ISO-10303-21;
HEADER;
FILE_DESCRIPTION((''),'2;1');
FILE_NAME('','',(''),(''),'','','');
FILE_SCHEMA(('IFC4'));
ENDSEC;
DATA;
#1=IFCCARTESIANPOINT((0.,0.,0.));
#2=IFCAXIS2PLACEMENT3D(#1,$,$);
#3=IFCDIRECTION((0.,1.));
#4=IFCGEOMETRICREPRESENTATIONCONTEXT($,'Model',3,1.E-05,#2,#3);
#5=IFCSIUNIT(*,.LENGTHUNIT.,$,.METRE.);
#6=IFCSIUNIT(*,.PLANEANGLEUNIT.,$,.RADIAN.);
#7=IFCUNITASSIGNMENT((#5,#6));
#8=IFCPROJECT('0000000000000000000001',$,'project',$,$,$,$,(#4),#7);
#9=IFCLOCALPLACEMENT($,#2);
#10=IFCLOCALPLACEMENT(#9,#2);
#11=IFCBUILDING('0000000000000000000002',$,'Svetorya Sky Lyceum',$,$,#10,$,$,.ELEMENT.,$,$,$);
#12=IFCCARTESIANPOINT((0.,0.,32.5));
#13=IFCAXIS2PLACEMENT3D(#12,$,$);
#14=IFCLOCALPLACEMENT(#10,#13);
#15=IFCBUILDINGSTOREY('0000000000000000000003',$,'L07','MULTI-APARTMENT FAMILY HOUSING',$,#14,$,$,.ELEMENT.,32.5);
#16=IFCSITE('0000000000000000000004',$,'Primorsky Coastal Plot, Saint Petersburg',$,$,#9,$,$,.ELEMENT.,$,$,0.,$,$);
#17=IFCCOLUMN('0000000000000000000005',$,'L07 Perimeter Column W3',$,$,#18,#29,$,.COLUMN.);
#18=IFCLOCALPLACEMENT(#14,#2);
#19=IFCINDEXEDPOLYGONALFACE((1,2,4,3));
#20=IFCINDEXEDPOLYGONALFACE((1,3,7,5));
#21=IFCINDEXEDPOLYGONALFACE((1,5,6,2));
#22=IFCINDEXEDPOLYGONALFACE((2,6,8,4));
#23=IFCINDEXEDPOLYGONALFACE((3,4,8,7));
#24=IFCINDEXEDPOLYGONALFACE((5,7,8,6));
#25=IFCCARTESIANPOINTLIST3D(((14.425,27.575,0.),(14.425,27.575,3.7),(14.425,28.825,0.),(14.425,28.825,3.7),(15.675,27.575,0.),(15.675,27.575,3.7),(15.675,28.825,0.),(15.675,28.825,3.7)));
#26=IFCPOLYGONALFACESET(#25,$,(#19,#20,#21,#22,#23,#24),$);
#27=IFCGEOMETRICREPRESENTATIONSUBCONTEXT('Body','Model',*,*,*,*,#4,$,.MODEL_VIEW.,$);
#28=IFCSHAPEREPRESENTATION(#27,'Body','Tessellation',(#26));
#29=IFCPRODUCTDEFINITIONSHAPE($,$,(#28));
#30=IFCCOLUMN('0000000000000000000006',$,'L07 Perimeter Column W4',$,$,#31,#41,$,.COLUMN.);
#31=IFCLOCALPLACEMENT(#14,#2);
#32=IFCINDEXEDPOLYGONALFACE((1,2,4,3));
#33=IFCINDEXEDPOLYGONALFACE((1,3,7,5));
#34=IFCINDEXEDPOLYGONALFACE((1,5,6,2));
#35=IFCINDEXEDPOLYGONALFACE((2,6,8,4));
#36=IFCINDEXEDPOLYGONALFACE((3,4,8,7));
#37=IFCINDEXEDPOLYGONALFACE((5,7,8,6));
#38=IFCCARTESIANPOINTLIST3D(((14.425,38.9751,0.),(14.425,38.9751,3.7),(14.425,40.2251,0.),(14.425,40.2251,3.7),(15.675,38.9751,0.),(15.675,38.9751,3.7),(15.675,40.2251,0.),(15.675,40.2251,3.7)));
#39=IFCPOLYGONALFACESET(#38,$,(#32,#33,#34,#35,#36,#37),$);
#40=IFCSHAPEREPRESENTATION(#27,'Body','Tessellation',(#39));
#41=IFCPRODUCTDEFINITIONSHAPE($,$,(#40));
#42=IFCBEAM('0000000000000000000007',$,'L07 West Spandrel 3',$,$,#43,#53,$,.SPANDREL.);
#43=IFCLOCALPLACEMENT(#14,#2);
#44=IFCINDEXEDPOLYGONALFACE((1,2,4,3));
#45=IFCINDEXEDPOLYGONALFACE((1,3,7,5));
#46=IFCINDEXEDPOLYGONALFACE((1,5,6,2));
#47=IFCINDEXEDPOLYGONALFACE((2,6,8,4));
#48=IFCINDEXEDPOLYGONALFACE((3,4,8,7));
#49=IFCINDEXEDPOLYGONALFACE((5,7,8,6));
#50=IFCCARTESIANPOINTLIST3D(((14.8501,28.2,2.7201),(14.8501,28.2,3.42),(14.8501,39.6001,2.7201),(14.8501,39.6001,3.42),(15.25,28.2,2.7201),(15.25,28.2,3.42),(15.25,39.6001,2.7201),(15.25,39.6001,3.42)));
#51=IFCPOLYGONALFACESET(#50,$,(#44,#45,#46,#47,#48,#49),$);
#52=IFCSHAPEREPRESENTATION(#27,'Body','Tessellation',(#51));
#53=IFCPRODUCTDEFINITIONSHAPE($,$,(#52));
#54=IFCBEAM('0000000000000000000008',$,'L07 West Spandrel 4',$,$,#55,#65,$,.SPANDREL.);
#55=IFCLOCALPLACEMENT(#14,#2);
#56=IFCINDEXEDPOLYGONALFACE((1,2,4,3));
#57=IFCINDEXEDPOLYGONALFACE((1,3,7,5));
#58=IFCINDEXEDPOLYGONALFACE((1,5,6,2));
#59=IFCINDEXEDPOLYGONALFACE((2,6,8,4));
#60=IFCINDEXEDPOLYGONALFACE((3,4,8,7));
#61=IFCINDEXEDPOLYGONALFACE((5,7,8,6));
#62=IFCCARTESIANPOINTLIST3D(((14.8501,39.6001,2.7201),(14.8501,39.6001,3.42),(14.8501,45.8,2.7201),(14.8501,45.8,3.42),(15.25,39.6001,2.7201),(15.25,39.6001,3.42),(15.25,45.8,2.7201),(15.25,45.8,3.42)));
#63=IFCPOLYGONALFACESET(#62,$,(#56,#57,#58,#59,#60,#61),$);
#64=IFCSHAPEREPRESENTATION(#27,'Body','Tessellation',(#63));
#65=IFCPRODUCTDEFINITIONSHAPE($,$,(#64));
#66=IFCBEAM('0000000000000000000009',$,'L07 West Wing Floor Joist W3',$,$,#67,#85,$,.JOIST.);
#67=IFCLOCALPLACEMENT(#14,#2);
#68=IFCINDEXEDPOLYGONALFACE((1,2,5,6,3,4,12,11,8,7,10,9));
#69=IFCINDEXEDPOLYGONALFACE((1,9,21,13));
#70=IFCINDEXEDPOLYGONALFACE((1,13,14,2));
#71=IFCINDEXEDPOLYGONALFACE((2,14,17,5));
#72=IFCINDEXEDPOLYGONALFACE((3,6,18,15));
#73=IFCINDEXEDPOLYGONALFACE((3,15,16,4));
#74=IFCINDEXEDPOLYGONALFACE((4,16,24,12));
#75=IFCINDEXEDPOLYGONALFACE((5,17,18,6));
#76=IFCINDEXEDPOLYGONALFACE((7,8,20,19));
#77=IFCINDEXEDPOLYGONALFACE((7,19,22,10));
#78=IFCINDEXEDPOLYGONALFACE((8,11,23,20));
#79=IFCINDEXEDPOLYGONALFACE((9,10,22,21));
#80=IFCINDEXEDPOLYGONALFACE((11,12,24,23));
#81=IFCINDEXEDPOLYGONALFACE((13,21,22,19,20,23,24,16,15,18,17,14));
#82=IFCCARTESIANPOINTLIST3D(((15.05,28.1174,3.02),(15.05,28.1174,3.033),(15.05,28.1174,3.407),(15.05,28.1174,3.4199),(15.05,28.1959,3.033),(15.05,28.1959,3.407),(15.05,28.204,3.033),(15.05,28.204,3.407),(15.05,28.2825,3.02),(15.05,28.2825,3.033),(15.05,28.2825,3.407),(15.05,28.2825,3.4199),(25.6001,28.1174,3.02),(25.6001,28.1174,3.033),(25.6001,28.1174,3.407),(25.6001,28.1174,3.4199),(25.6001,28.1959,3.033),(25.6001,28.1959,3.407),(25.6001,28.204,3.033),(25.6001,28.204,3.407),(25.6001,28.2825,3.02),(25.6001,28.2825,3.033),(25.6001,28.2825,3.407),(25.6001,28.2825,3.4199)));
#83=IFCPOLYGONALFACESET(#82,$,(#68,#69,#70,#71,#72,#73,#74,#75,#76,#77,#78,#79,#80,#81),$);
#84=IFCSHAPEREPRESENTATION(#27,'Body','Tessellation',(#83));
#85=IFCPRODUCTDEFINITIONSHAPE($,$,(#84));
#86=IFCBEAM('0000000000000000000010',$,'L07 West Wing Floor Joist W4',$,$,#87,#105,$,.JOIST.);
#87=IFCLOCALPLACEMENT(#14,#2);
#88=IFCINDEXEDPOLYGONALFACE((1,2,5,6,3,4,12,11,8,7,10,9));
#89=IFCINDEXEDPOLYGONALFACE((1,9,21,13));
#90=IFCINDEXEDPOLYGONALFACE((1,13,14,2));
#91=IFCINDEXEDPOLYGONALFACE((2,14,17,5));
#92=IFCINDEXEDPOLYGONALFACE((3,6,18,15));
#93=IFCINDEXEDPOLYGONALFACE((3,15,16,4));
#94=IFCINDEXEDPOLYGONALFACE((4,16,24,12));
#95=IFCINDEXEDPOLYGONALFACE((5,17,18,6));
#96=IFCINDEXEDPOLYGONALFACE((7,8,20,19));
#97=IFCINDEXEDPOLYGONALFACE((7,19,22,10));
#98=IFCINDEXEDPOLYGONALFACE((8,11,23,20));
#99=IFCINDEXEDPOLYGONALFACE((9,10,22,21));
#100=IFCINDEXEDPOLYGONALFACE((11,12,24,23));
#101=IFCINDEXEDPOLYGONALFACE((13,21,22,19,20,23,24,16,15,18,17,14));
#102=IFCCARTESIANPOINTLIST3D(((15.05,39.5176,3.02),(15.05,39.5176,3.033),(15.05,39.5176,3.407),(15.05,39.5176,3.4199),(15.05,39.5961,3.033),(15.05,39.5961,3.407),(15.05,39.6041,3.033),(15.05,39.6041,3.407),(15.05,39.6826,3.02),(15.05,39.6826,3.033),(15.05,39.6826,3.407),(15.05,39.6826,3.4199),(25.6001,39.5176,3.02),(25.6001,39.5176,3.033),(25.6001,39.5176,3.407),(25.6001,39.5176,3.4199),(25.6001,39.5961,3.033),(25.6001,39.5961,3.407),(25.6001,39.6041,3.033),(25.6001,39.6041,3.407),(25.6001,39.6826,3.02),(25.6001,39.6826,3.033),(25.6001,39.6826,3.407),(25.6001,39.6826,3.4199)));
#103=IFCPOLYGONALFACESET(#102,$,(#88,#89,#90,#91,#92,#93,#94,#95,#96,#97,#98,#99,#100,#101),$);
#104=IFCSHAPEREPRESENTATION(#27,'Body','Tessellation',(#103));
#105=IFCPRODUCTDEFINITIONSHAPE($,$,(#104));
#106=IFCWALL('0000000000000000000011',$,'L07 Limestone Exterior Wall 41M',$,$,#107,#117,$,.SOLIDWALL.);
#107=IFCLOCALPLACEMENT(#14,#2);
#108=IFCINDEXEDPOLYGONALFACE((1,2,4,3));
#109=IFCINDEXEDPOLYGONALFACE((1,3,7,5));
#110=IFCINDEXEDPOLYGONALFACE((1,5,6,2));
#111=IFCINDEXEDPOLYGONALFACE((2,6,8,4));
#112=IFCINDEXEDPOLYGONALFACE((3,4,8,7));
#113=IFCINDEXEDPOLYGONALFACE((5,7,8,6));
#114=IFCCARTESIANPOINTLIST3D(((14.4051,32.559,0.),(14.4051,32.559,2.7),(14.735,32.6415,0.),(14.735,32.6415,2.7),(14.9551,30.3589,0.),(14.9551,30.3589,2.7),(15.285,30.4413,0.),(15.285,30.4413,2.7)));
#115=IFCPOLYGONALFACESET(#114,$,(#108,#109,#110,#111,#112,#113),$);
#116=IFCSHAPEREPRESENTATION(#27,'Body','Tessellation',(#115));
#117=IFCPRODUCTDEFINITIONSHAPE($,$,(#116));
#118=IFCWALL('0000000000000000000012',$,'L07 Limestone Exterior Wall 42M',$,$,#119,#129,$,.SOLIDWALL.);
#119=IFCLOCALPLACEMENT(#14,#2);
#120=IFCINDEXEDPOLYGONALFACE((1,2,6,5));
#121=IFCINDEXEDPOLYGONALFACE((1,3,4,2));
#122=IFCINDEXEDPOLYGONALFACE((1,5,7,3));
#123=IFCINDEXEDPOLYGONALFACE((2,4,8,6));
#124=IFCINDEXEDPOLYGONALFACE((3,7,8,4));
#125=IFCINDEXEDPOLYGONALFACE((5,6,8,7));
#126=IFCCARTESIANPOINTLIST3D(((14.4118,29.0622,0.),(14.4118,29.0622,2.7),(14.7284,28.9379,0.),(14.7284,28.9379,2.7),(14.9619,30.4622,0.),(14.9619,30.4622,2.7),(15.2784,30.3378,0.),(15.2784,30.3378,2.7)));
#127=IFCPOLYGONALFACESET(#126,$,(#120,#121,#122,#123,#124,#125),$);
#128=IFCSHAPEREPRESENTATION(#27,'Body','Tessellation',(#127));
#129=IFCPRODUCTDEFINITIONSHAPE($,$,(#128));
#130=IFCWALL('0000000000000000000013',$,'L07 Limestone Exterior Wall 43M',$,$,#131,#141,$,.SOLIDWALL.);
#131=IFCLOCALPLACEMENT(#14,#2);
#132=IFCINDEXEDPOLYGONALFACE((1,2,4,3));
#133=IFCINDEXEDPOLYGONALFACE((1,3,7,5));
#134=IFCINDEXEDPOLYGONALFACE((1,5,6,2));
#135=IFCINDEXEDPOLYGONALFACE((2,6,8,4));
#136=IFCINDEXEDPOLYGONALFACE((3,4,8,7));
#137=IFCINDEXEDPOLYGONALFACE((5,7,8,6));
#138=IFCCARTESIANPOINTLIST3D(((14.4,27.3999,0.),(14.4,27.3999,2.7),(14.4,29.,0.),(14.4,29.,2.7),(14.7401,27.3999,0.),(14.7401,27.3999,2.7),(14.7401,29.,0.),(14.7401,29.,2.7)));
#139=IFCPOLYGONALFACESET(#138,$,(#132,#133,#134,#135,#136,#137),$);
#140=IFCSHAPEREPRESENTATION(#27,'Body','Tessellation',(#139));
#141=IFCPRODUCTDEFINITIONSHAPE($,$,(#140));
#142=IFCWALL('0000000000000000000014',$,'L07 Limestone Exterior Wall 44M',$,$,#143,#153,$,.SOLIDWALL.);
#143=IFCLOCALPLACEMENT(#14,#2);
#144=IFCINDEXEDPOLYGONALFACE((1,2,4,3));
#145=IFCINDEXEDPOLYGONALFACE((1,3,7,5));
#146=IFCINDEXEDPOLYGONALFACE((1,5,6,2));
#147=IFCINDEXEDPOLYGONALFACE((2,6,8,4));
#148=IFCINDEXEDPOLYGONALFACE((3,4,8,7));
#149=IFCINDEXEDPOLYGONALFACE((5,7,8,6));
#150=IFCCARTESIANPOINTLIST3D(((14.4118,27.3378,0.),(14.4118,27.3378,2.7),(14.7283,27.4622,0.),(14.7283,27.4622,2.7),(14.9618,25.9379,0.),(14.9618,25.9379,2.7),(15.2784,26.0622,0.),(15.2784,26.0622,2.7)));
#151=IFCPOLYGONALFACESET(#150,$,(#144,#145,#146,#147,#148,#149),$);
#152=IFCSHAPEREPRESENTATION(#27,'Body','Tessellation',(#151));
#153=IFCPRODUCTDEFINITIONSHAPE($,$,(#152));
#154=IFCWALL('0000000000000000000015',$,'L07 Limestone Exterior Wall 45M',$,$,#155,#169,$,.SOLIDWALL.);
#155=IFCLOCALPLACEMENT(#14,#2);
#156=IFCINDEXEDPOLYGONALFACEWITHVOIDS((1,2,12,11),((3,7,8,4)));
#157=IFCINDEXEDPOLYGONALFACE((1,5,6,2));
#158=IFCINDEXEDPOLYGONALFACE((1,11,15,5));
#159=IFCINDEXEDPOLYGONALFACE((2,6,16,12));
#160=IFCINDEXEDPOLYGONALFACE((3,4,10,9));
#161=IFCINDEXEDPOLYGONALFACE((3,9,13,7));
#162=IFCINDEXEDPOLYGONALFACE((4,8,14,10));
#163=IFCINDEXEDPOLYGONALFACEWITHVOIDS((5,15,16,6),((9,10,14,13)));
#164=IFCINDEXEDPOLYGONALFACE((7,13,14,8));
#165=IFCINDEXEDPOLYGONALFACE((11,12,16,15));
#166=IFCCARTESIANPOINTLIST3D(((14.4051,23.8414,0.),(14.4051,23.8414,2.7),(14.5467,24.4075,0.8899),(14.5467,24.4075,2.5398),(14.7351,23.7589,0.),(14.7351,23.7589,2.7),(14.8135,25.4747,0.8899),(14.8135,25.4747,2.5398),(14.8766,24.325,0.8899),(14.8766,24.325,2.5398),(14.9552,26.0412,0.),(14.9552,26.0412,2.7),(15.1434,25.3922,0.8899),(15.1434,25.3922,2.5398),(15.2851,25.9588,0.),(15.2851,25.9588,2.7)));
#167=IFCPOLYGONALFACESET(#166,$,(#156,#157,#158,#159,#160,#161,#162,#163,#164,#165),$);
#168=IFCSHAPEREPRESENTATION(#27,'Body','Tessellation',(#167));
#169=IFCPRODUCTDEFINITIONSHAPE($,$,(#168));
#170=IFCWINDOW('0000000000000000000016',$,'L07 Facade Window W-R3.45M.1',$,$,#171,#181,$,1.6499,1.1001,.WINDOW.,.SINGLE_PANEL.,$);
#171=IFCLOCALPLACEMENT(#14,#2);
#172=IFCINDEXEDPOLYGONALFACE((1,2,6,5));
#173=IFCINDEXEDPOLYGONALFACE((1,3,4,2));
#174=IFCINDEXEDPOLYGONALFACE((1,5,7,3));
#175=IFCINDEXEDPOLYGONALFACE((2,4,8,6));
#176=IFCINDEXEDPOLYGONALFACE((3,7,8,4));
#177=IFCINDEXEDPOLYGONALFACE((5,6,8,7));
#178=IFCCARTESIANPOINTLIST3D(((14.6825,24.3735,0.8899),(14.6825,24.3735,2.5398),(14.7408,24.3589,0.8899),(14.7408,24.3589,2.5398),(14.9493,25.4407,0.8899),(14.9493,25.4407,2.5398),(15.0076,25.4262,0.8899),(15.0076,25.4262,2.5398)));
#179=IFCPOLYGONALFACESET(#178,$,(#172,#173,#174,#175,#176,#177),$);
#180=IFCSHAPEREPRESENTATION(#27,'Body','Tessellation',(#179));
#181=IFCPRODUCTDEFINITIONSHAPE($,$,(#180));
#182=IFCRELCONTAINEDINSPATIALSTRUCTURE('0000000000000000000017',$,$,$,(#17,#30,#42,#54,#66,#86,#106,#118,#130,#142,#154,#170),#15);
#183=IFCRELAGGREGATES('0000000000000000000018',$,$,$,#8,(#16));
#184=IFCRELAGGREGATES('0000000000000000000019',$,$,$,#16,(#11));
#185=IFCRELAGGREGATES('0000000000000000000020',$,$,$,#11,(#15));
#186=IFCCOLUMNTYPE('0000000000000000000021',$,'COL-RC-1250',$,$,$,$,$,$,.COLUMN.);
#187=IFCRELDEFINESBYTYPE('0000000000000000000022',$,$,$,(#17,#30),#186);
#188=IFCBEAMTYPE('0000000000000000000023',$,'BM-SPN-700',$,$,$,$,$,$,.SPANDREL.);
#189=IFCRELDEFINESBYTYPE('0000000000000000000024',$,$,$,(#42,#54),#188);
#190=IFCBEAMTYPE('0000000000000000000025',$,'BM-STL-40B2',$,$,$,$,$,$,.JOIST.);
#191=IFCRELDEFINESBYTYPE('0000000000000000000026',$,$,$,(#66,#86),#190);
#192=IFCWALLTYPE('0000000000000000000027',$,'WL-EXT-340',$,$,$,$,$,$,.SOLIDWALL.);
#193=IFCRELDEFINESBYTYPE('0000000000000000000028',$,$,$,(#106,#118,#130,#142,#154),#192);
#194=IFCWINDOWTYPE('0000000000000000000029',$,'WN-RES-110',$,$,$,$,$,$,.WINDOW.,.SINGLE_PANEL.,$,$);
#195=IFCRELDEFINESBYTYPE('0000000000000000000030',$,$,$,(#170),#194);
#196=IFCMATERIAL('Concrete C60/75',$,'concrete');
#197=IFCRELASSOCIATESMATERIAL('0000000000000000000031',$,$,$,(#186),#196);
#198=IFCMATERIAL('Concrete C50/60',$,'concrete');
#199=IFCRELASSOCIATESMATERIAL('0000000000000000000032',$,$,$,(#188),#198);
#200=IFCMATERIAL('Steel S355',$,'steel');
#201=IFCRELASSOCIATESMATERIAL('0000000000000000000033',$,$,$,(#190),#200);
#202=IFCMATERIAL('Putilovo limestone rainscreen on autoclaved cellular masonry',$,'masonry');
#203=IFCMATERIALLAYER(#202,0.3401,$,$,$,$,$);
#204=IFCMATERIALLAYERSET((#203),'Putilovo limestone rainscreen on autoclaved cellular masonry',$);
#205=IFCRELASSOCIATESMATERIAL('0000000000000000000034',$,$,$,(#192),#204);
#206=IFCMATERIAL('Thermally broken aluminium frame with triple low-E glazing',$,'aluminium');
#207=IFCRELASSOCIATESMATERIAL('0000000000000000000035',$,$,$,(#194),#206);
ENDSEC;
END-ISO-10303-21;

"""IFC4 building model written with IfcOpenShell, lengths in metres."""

from ifc_helpers import new_model, si_unit, direction, frame, frame_2d, origin, origin_2d, place, context, subcontext, project, spatial, rectangle, i_section, extrude, material, layer, layer_set, material_profile, profile_set, type_object, element, fill, save


model = new_model("IFC4")

# Units and contexts
model_context = context("Model", 3, precision=1e-05, world=origin(), true_north=direction((0.0, 1.0)))
body_context = subcontext(model_context, "Body", "Model", "MODEL_VIEW")
ifc_project = project(units=[si_unit("LENGTHUNIT", "METRE"), si_unit("PLANEANGLEUNIT", "RADIAN")], contexts=[model_context])

# Site, building, storey
site_placement = place(None, origin())
site = spatial("IfcSite", under=ifc_project, at=site_placement, Name="Primorsky Coastal Plot, Saint Petersburg", CompositionType="ELEMENT", RefElevation=0.0)
building_placement = place(site_placement, origin())
building = spatial("IfcBuilding", under=site, at=building_placement, Name="Svetorya Sky Lyceum", CompositionType="ELEMENT")
storey_placement = place(building_placement, frame((0.0, 0.0, 32.5)))
storey = spatial("IfcBuildingStorey", under=building, at=storey_placement, Name="L07", Description="MULTI-APARTMENT FAMILY HOUSING", CompositionType="ELEMENT", Elevation=32.5)

# Columns
ifc_material_1 = material(Name="Concrete C60/75", Category="concrete")
ifc_material_profile_1 = material_profile(ifc_material_1, rectangle(XDim=1.25, YDim=1.25, at=origin_2d()), Name="RC COL 1250x1250")
ifc_profile_set_1 = profile_set([ifc_material_profile_1], Name="Concrete C60/75")
column_type = type_object("IfcColumnType", Name="COL-RC-1250", PredefinedType="COLUMN", material=ifc_profile_set_1)
for number, where, z_axis, x_axis, name in (
    (1, (15.05, 28.2, 0.0), (0.0, 0.0, 1.0), (1.0, 0.0, 0.0), "L07 Perimeter Column W3"),
    (2, (15.05, 39.6001, 0.0), (0.0, 0.0, 1.0), (1.0, 0.0, 0.0), "L07 Perimeter Column W4"),
):
    element("IfcColumn", number, at=place(storey_placement, frame(where, z_axis=z_axis, x_axis=x_axis)), inside=storey, type_object=column_type, Name=name, PredefinedType="COLUMN", context=body_context, shape_type="SweptSolid", body=[
        extrude(rectangle(XDim=1.25, YDim=1.25, at=origin_2d()), origin(), (0.0, 0.0, 1.0), 3.7),
    ])

# Beams
ifc_material_2 = material(Name="Concrete C50/60", Category="concrete")
ifc_material_profile_2 = material_profile(ifc_material_2, rectangle(XDim=0.3999, YDim=0.7, at=origin_2d()), Name="RC SPANDREL 400x700")
ifc_profile_set_2 = profile_set([ifc_material_profile_2], Name="Concrete C50/60")
beam_type_1 = type_object("IfcBeamType", Name="BM-SPN-700", PredefinedType="SPANDREL", material=ifc_profile_set_2)
beam_1_placement = place(storey_placement, frame((15.05, 28.2, 3.0701), z_axis=(0.0, 1.0, 0.0), x_axis=(-1.0, 0.0, 0.0)))
element("IfcBeam", 3, at=beam_1_placement, inside=storey, type_object=beam_type_1, Name="L07 West Spandrel 3", PredefinedType="SPANDREL", context=body_context, shape_type="SweptSolid", body=[
    extrude(rectangle(XDim=0.3999, YDim=0.7, at=origin_2d()), origin(), (0.0, 0.0, 1.0), 11.4001),
])
beam_2_placement = place(storey_placement, frame((15.05, 39.6001, 3.0701), z_axis=(0.0, 1.0, 0.0), x_axis=(-1.0, 0.0, 0.0)))
element("IfcBeam", 4, at=beam_2_placement, inside=storey, type_object=beam_type_1, Name="L07 West Spandrel 4", PredefinedType="SPANDREL", context=body_context, shape_type="SweptSolid", body=[
    extrude(rectangle(XDim=0.3999, YDim=0.7, at=origin_2d()), origin(), (0.0, 0.0, 1.0), 6.2),
])
ifc_material_3 = material(Name="Steel S355", Category="steel")
ifc_material_profile_3 = material_profile(ifc_material_3, i_section(OverallWidth=0.165, OverallDepth=0.3999, WebThickness=0.0081, FlangeThickness=0.0129, at=origin_2d()), Name="GOST 40B2")
ifc_profile_set_3 = profile_set([ifc_material_profile_3], Name="Steel S355")
beam_type_2 = type_object("IfcBeamType", Name="BM-STL-40B2", PredefinedType="JOIST", material=ifc_profile_set_3)
for number, where, z_axis, x_axis, name in (
    (5, (15.05, 28.2, 3.22), (1.0, 0.0, 0.0), (0.0, 1.0, 0.0), "L07 West Wing Floor Joist W3"),
    (6, (15.05, 39.6001, 3.22), (1.0, 0.0, 0.0), (0.0, 1.0, 0.0), "L07 West Wing Floor Joist W4"),
):
    element("IfcBeam", number, at=place(storey_placement, frame(where, z_axis=z_axis, x_axis=x_axis)), inside=storey, type_object=beam_type_2, Name=name, PredefinedType="JOIST", context=body_context, shape_type="SweptSolid", body=[
        extrude(i_section(OverallWidth=0.165, OverallDepth=0.3999, WebThickness=0.0081, FlangeThickness=0.0129, at=origin_2d()), origin(), (0.0, 0.0, 1.0), 10.55),
    ])

# Walls
ifc_material_4 = material(Name="Putilovo limestone rainscreen on autoclaved cellular masonry", Category="masonry")
ifc_layer_1 = layer(ifc_material_4, 0.3401)
ifc_layer_set_1 = layer_set([ifc_layer_1], Name="Putilovo limestone rainscreen on autoclaved cellular masonry")
wall_type_1 = type_object("IfcWallType", Name="WL-EXT-340", PredefinedType="SOLIDWALL", material=ifc_layer_set_1)
wall_1_placement = place(storey_placement, frame((14.5701, 32.6001, 0.0), z_axis=(0.0, 0.0, 1.0), x_axis=(0.242536, -0.970143, 0.0)))
element("IfcWall", 7, at=wall_1_placement, inside=storey, type_object=wall_type_1, Name="L07 Limestone Exterior Wall 41M", PredefinedType="SOLIDWALL", context=body_context, shape_type="SweptSolid", body=[
    extrude(rectangle(XDim=2.2678, YDim=0.3401, at=frame_2d((1.1338, 0.0))), origin(), (0.0, 0.0, 1.0), 2.7),
])
wall_2_placement = place(storey_placement, frame((15.1201, 30.3999, 0.0), z_axis=(0.0, 0.0, 1.0), x_axis=(-0.365703, -0.930732, 0.0)))
element("IfcWall", 8, at=wall_2_placement, inside=storey, type_object=wall_type_1, Name="L07 Limestone Exterior Wall 42M", PredefinedType="SOLIDWALL", context=body_context, shape_type="SweptSolid", body=[
    extrude(rectangle(XDim=1.5042, YDim=0.3401, at=frame_2d((0.752, 0.0))), origin(), (0.0, 0.0, 1.0), 2.7),
])
wall_3_placement = place(storey_placement, frame((14.5701, 29.0, 0.0), z_axis=(0.0, 0.0, 1.0), x_axis=(0.0, -1.0, 0.0)))
element("IfcWall", 9, at=wall_3_placement, inside=storey, type_object=wall_type_1, Name="L07 Limestone Exterior Wall 43M", PredefinedType="SOLIDWALL", context=body_context, shape_type="SweptSolid", body=[
    extrude(rectangle(XDim=1.6001, YDim=0.3401, at=frame_2d((0.8, 0.0))), origin(), (0.0, 0.0, 1.0), 2.7),
])
wall_4_placement = place(storey_placement, frame((14.5701, 27.3999, 0.0), z_axis=(0.0, 0.0, 1.0), x_axis=(0.365703, -0.930732, 0.0)))
element("IfcWall", 10, at=wall_4_placement, inside=storey, type_object=wall_type_1, Name="L07 Limestone Exterior Wall 44M", PredefinedType="SOLIDWALL", context=body_context, shape_type="SweptSolid", body=[
    extrude(rectangle(XDim=1.5042, YDim=0.3401, at=frame_2d((0.752, 0.0))), origin(), (0.0, 0.0, 1.0), 2.7),
])

# Wall, opening, window
wall_5_placement = place(storey_placement, frame((15.1201, 26.0, 0.0), z_axis=(0.0, 0.0, 1.0), x_axis=(-0.242561, -0.970136, 0.0)))
wall_5 = element("IfcWall", 11, at=wall_5_placement, inside=storey, type_object=wall_type_1, Name="L07 Limestone Exterior Wall 45M", PredefinedType="SOLIDWALL", context=body_context, shape_type="SweptSolid", body=[
    extrude(rectangle(XDim=2.2676, YDim=0.3401, at=frame_2d((1.1338, 0.0))), origin(), (0.0, 0.0, 1.0), 2.7),
])
opening_1_placement = place(wall_5_placement, frame((0.584, 0.0, 0.8899)))
opening_1 = element("IfcOpeningElement", 12, at=opening_1_placement, cuts=wall_5, PredefinedType="OPENING", context=body_context, shape_type="SweptSolid", body=[
    extrude(rectangle(XDim=1.1001, YDim=1.6499, at=frame_2d((0.55, 0.825))), frame((0.0, 0.1799, 0.0), z_axis=(0.0, -1.0, 0.0), x_axis=(1.0, 0.0, 0.0)), (0.0, 0.0, 1.0), 0.3601),
])
ifc_material_5 = material(Name="Thermally broken aluminium frame with triple low-E glazing", Category="aluminium")
window_type = type_object("IfcWindowType", Name="WN-RES-110", PartitioningType="SINGLE_PANEL", PredefinedType="WINDOW", material=ifc_material_5)
window_1_placement = place(opening_1_placement, origin())
window_1 = element("IfcWindow", 13, at=window_1_placement, inside=storey, type_object=window_type, Name="L07 Facade Window W-R3.45M.1", OverallHeight=1.6499, OverallWidth=1.1001, PartitioningType="SINGLE_PANEL", PredefinedType="WINDOW", context=body_context, shape_type="SweptSolid", body=[
    extrude(rectangle(XDim=1.1001, YDim=1.6499, at=frame_2d((0.55, 0.825))), frame((0.0, 0.03, 0.0), z_axis=(0.0, -1.0, 0.0), x_axis=(1.0, 0.0, 0.0)), (0.0, 0.0, 1.0), 0.0601),
])
fill(opening_1, window_1)

save(model, "model.ifc")
